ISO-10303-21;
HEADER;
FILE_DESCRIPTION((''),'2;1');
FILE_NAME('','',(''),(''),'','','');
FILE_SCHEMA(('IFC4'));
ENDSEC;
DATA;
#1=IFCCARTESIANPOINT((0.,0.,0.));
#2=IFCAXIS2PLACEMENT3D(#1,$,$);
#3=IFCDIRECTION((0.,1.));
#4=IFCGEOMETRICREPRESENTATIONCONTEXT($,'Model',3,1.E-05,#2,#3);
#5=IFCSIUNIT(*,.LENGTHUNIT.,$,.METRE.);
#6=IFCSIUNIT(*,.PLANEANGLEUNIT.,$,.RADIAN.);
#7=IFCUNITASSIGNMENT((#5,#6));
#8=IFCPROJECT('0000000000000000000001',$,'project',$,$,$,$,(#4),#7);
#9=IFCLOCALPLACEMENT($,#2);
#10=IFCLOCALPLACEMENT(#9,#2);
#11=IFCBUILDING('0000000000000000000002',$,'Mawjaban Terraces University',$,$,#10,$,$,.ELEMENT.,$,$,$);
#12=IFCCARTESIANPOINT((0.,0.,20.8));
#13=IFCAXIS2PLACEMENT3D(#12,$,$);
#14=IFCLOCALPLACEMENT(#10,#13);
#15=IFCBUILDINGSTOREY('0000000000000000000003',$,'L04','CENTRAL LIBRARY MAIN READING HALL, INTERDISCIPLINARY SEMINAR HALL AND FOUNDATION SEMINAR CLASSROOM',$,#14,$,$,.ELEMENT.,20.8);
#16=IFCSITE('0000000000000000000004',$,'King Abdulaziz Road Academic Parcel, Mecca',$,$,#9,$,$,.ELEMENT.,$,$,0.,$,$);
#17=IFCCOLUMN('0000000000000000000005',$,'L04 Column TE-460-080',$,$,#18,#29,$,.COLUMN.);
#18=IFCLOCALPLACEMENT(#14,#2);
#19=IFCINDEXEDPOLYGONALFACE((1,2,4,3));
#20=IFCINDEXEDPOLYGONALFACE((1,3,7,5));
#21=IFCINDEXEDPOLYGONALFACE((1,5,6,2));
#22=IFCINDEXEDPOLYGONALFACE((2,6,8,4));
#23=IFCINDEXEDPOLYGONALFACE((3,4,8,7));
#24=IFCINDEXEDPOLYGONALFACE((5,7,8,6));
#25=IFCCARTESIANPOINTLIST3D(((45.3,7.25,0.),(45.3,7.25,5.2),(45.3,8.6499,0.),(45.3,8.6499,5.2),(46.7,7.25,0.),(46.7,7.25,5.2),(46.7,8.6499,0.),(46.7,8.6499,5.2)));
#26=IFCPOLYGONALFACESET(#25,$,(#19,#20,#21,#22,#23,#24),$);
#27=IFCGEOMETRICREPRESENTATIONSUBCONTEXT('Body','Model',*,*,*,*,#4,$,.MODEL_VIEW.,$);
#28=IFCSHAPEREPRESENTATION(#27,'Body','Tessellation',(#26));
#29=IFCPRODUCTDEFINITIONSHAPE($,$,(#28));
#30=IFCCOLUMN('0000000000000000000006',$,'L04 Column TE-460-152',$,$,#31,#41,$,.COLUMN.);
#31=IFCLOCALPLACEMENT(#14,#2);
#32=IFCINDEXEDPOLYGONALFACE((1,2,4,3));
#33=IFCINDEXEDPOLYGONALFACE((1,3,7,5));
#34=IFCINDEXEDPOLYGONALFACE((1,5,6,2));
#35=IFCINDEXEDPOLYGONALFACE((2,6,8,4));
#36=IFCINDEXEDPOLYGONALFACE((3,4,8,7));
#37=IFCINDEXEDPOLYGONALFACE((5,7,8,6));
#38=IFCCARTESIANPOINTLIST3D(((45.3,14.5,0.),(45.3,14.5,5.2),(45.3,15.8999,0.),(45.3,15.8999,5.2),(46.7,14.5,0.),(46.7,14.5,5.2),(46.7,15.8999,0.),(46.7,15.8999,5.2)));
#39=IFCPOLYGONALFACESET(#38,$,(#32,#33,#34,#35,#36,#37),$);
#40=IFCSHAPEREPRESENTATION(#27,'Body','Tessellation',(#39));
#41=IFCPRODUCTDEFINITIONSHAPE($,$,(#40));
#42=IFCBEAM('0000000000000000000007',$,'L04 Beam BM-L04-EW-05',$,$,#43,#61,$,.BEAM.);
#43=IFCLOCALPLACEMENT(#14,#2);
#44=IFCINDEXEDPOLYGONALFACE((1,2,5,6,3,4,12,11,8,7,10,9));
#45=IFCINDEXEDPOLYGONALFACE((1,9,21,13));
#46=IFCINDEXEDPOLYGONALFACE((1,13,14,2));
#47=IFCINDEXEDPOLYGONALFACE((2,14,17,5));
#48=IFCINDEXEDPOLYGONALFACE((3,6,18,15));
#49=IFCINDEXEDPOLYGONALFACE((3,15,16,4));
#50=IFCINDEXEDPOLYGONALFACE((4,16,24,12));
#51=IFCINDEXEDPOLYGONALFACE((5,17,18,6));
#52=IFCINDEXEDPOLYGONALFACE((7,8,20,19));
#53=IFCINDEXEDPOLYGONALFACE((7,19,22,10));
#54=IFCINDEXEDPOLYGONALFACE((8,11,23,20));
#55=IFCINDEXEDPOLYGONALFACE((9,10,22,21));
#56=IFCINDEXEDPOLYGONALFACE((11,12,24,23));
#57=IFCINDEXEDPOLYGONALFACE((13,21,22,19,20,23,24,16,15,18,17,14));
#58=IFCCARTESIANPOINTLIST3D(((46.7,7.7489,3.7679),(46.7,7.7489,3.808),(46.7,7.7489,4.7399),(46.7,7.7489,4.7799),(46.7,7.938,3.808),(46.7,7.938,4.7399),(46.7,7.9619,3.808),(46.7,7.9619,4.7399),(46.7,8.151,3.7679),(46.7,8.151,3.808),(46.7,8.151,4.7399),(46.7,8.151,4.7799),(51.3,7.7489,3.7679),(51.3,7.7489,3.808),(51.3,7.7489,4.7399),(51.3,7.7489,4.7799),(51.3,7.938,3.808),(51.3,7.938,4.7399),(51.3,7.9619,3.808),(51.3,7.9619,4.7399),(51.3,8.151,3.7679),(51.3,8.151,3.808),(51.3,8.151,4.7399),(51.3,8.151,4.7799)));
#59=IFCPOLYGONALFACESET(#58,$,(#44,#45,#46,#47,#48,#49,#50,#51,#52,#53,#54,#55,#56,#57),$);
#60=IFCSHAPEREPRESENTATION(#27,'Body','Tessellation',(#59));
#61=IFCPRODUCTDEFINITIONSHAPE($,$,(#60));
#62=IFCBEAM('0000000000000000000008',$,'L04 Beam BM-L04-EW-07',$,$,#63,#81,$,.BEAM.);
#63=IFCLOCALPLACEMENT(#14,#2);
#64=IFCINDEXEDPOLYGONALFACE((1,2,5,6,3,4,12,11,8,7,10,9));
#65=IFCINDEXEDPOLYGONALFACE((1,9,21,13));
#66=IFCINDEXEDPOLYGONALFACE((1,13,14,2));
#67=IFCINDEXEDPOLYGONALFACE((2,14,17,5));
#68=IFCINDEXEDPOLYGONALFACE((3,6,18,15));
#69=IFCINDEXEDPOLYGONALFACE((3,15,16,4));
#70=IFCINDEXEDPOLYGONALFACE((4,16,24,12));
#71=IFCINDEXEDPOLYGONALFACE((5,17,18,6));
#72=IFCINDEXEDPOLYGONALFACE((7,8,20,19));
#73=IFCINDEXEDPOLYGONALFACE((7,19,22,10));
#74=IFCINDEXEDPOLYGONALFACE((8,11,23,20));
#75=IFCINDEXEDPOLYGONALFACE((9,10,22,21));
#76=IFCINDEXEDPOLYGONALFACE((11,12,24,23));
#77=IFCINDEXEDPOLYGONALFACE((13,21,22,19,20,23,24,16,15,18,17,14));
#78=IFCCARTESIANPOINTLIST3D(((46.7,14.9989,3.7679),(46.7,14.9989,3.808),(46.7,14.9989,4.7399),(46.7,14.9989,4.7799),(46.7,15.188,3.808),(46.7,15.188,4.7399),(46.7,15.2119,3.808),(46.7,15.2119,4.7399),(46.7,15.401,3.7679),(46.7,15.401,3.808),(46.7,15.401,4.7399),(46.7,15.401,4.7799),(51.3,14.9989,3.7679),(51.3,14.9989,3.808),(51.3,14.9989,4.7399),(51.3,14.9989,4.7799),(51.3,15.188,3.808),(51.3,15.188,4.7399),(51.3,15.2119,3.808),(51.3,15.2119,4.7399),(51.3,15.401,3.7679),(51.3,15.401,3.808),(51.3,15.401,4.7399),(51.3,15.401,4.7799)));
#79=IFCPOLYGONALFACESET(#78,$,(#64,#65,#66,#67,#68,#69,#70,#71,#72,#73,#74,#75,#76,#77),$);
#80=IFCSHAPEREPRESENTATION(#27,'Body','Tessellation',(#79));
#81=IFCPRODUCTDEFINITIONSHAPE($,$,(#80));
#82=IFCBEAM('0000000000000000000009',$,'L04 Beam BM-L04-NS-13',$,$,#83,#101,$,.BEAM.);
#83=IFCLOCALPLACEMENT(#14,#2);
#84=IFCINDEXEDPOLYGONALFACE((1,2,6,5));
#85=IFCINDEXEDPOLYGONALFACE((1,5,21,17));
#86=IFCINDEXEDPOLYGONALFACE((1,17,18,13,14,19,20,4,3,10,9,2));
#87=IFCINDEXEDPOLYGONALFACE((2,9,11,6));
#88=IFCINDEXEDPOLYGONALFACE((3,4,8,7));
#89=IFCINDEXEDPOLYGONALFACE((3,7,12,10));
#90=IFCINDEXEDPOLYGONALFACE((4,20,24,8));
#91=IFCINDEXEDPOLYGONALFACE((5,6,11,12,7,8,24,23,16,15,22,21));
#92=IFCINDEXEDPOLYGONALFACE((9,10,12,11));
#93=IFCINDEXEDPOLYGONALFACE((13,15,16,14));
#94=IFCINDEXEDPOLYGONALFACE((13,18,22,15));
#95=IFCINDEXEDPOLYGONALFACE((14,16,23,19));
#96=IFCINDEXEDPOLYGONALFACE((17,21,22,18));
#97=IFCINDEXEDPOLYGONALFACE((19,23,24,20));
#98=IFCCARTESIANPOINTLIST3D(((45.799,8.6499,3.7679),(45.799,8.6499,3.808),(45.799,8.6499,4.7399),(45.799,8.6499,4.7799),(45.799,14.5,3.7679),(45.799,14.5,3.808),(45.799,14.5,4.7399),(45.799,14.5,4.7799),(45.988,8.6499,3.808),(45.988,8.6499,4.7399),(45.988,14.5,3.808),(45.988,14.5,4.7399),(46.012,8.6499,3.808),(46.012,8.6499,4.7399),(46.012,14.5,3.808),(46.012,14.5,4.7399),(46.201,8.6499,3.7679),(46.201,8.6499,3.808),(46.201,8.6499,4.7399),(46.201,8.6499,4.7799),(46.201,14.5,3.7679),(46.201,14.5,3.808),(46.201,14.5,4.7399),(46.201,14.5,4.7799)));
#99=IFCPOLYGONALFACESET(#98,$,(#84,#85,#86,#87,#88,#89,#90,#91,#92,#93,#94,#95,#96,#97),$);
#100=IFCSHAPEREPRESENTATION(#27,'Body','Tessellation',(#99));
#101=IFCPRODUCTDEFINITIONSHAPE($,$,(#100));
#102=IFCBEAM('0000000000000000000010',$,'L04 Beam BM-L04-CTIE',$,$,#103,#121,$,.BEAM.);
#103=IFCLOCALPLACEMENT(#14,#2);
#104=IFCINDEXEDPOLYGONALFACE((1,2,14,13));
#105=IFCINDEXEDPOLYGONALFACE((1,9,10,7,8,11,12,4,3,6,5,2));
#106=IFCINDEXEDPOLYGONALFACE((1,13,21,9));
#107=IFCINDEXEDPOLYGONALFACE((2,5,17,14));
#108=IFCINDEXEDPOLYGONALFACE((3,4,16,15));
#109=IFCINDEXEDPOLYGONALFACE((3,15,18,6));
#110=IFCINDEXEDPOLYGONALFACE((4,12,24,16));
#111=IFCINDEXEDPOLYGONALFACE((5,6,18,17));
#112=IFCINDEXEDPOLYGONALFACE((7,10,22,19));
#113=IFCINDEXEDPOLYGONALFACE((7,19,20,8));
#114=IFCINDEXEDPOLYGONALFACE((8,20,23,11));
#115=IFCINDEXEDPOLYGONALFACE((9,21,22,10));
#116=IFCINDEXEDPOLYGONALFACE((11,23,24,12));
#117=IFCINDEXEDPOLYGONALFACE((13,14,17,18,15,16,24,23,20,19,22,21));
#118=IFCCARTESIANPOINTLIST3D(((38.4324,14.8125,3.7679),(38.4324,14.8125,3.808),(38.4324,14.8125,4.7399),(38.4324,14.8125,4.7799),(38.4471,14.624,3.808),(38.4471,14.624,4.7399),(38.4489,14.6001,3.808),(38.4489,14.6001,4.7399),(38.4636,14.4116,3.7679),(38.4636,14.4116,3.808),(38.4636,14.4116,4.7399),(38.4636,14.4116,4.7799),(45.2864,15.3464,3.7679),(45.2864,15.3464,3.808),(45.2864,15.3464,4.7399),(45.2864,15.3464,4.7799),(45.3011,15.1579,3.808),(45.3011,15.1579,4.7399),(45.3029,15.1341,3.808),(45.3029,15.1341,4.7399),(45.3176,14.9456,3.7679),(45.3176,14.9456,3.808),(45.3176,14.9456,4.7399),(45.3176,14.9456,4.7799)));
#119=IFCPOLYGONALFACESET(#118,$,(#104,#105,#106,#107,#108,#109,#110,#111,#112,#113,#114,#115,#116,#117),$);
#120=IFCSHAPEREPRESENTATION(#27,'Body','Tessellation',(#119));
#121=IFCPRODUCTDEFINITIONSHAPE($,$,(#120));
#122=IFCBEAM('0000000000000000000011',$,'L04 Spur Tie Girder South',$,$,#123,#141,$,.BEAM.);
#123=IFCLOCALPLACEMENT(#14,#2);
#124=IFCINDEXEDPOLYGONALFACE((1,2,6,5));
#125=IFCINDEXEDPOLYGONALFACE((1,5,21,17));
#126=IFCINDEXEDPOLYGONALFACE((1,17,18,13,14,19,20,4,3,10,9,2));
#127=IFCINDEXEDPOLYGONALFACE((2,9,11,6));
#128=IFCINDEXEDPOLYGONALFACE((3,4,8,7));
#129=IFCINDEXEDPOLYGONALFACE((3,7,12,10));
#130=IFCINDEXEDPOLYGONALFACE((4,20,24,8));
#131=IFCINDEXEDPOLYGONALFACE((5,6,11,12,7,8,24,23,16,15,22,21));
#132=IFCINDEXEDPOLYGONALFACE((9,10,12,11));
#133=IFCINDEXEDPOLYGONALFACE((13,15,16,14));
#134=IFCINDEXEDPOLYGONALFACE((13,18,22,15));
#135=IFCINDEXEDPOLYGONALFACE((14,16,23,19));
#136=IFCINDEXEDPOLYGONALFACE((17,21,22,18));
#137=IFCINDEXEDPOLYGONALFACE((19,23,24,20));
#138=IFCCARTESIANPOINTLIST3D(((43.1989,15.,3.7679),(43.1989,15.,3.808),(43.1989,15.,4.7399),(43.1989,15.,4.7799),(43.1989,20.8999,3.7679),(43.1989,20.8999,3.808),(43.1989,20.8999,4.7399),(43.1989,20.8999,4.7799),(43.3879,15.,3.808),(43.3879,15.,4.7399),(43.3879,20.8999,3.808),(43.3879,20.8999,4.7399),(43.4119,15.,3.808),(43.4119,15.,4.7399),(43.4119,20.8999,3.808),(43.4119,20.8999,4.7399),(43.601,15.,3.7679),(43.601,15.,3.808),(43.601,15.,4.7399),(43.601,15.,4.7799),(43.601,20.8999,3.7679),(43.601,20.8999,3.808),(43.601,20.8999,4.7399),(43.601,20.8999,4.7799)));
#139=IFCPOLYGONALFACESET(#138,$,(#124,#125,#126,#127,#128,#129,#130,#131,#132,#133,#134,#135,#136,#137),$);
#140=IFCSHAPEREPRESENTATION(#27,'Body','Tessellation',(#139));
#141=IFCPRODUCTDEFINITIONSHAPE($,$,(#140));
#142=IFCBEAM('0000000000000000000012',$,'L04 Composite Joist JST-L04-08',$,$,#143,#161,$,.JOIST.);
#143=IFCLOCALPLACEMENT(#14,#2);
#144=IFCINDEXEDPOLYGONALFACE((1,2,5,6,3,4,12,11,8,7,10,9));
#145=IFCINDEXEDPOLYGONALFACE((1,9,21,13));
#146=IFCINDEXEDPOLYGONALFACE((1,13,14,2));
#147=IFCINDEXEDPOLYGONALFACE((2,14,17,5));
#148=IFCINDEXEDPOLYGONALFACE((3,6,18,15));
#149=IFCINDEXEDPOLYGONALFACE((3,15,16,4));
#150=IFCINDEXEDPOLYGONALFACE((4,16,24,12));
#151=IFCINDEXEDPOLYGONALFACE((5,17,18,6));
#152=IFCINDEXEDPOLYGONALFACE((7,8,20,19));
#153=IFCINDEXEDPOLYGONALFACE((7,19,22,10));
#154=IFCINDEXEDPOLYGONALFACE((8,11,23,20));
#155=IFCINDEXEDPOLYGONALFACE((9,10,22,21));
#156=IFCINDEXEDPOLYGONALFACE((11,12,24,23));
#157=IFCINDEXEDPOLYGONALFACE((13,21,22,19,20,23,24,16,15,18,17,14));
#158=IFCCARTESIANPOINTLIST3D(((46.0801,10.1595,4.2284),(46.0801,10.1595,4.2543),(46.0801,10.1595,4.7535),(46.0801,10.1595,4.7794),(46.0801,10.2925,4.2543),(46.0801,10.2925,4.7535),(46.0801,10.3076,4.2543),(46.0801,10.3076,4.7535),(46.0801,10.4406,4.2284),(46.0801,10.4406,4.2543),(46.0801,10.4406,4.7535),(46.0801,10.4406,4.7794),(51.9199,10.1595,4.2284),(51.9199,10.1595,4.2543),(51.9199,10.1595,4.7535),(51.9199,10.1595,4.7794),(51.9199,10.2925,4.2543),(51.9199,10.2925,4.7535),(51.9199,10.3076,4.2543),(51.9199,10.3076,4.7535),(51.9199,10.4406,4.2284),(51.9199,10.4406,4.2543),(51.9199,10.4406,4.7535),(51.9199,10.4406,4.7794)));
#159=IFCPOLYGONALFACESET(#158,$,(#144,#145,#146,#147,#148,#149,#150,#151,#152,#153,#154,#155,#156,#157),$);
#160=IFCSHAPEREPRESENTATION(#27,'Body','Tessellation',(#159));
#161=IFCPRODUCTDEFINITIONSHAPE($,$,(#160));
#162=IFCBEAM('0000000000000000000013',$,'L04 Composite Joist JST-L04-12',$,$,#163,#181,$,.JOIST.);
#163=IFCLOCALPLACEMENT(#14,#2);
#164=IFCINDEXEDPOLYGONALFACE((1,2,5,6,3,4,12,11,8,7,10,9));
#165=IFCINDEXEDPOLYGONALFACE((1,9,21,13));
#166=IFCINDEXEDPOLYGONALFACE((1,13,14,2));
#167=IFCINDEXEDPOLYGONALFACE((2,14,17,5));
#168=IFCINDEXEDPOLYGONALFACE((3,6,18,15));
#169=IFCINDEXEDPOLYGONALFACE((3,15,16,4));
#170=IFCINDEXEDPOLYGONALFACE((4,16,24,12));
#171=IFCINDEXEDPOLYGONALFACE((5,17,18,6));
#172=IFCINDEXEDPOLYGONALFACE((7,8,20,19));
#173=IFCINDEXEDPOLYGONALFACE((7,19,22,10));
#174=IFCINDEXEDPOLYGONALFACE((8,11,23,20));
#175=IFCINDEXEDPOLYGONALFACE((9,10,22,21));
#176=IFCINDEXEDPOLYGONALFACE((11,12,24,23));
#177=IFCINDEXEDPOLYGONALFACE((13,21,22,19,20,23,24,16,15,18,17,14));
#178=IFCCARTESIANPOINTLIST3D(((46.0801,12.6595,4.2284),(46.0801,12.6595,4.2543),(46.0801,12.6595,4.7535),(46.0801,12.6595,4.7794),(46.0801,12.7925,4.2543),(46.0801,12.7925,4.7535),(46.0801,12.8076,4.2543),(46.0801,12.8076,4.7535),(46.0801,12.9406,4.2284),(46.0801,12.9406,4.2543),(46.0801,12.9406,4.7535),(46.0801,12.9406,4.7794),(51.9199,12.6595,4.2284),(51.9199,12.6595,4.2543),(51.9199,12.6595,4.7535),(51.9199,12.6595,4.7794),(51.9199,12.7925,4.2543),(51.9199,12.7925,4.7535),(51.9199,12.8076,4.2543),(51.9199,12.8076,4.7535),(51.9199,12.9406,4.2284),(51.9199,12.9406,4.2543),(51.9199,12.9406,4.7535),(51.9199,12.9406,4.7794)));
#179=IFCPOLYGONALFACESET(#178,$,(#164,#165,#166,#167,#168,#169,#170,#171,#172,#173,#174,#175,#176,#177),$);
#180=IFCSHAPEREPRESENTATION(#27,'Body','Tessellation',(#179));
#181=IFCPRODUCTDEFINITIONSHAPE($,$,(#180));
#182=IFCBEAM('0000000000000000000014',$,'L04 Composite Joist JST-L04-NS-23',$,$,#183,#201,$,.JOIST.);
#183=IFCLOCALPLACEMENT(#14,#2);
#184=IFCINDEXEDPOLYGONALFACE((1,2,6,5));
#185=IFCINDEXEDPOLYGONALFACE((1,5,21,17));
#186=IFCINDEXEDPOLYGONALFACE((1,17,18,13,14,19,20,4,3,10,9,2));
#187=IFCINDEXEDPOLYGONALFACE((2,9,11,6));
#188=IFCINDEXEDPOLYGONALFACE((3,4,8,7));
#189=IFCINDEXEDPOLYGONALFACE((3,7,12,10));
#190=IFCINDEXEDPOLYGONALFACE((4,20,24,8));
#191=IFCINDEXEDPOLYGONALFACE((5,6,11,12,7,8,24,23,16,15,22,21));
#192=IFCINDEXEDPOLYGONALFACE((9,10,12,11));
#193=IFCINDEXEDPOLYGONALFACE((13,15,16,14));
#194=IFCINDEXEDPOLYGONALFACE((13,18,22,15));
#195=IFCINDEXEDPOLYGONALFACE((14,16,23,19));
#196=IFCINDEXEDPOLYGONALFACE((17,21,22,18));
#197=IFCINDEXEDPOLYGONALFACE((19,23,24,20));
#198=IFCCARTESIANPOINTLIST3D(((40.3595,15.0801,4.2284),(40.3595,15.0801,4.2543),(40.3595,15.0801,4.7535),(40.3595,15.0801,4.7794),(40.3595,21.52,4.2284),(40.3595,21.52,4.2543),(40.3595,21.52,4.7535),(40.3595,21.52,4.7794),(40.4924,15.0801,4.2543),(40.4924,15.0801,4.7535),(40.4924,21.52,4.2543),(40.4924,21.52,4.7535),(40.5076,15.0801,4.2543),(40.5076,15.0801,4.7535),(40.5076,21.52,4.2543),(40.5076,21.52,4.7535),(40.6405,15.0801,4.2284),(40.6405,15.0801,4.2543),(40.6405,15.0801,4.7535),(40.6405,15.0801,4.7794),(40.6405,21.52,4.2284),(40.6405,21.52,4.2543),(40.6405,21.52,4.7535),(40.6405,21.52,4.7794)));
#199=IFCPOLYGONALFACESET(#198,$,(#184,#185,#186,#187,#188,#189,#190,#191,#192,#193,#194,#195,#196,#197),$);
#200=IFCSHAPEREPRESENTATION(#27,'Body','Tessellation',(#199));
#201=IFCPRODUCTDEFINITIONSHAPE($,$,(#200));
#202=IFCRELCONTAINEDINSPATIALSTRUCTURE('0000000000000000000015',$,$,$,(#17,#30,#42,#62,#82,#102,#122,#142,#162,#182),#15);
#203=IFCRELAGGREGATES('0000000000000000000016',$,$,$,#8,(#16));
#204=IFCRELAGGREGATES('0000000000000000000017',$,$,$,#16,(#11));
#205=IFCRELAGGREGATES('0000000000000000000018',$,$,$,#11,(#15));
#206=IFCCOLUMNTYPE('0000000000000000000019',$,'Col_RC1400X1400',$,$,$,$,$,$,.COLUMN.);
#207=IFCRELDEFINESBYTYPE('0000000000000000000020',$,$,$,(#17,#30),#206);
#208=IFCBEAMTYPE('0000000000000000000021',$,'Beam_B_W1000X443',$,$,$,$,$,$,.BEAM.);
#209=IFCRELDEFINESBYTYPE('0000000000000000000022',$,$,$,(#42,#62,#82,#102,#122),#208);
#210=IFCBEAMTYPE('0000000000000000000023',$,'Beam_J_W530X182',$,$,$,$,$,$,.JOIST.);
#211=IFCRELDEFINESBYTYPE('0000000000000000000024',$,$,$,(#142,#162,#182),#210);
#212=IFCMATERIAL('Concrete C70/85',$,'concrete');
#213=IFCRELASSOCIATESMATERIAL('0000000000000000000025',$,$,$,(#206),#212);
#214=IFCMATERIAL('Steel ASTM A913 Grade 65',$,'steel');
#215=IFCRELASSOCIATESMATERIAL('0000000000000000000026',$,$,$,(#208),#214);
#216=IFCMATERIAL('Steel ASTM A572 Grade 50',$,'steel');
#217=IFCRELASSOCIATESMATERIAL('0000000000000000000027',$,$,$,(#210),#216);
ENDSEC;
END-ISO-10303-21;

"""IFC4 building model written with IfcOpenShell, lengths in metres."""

from ifc_helpers import new_model, si_unit, direction, frame, origin, origin_2d, place, context, subcontext, project, spatial, rectangle, i_section, extrude, material, material_profile, profile_set, type_object, element, save


model = new_model("IFC4")

# Units and contexts
model_context = context("Model", 3, precision=1e-05, world=origin(), true_north=direction((0.0, 1.0)))
body_context = subcontext(model_context, "Body", "Model", "MODEL_VIEW")
ifc_project = project(units=[si_unit("LENGTHUNIT", "METRE"), si_unit("PLANEANGLEUNIT", "RADIAN")], contexts=[model_context])

# Site, building, storey
site_placement = place(None, origin())
site = spatial("IfcSite", under=ifc_project, at=site_placement, Name="King Abdulaziz Road Academic Parcel, Mecca", CompositionType="ELEMENT", RefElevation=0.0)
building_placement = place(site_placement, origin())
building = spatial("IfcBuilding", under=site, at=building_placement, Name="Mawjaban Terraces University", CompositionType="ELEMENT")
storey_placement = place(building_placement, frame((0.0, 0.0, 20.8)))
storey = spatial("IfcBuildingStorey", under=building, at=storey_placement, Name="L04", Description="CENTRAL LIBRARY MAIN READING HALL, INTERDISCIPLINARY SEMINAR HALL AND FOUNDATION SEMINAR CLASSROOM", CompositionType="ELEMENT", Elevation=20.8)

# Columns
ifc_material_1 = material(Name="Concrete C70/85", Category="concrete")
ifc_material_profile_1 = material_profile(ifc_material_1, rectangle(XDim=1.3999, YDim=1.3999, at=origin_2d()), Name="RC1400X1400")
ifc_profile_set_1 = profile_set([ifc_material_profile_1], Name="Concrete C70/85")
column_type = type_object("IfcColumnType", Name="Col_RC1400X1400", PredefinedType="COLUMN", material=ifc_profile_set_1)
for number, where, z_axis, x_axis, name in (
    (1, (46.0, 7.95, 0.0), (0.0, 0.0, 1.0), (1.0, 0.0, 0.0), "L04 Column TE-460-080"),
    (2, (46.0, 15.2, 0.0), (0.0, 0.0, 1.0), (1.0, 0.0, 0.0), "L04 Column TE-460-152"),
):
    element("IfcColumn", number, at=place(storey_placement, frame(where, z_axis=z_axis, x_axis=x_axis)), inside=storey, type_object=column_type, Name=name, PredefinedType="COLUMN", context=body_context, shape_type="SweptSolid", body=[
        extrude(rectangle(XDim=1.3999, YDim=1.3999, at=origin_2d()), origin(), (0.0, 0.0, 1.0), 5.2),
    ])

# Beams
ifc_material_2 = material(Name="Steel ASTM A913 Grade 65", Category="steel")
ifc_material_profile_2 = material_profile(ifc_material_2, i_section(OverallWidth=0.4021, OverallDepth=1.012, WebThickness=0.0239, FlangeThickness=0.04, at=origin_2d()), Name="W1000X443")
ifc_profile_set_2 = profile_set([ifc_material_profile_2], Name="Steel ASTM A913 Grade 65")
beam_type_1 = type_object("IfcBeamType", Name="Beam_B_W1000X443", PredefinedType="BEAM", material=ifc_profile_set_2)
for number, where, z_axis, x_axis, name in (
    (3, (46.7, 7.95, 4.2739), (1.0, 0.0, 0.0), (0.0, 1.0, 0.0), "L04 Beam BM-L04-EW-05"),
    (4, (46.7, 15.2, 4.2739), (1.0, 0.0, 0.0), (0.0, 1.0, 0.0), "L04 Beam BM-L04-EW-07"),
):
    element("IfcBeam", number, at=place(storey_placement, frame(where, z_axis=z_axis, x_axis=x_axis)), inside=storey, type_object=beam_type_1, Name=name, PredefinedType="BEAM", context=body_context, shape_type="SweptSolid", body=[
        extrude(i_section(OverallWidth=0.4021, OverallDepth=1.012, WebThickness=0.0239, FlangeThickness=0.04, at=origin_2d()), origin(), (0.0, 0.0, 1.0), 4.6001),
    ])
beam_1_placement = place(storey_placement, frame((46.0, 8.6499, 4.2739), z_axis=(0.0, 1.0, 0.0), x_axis=(-1.0, 0.0, 0.0)))
element("IfcBeam", 5, at=beam_1_placement, inside=storey, type_object=beam_type_1, Name="L04 Beam BM-L04-NS-13", PredefinedType="BEAM", context=body_context, shape_type="SweptSolid", body=[
    extrude(i_section(OverallWidth=0.4021, OverallDepth=1.012, WebThickness=0.0239, FlangeThickness=0.04, at=origin_2d()), origin(), (0.0, 0.0, 1.0), 5.8501),
])
beam_2_placement = place(storey_placement, frame((38.448, 14.6121, 4.2739), z_axis=(0.996979, 0.077666, 0.0), x_axis=(-0.077666, 0.996979, 0.0)))
element("IfcBeam", 6, at=beam_2_placement, inside=storey, type_object=beam_type_1, Name="L04 Beam BM-L04-CTIE", PredefinedType="BEAM", context=body_context, shape_type="SweptSolid", body=[
    extrude(i_section(OverallWidth=0.4021, OverallDepth=1.012, WebThickness=0.0239, FlangeThickness=0.04, at=origin_2d()), origin(), (0.0, 0.0, 1.0), 6.8748),
])
beam_3_placement = place(storey_placement, frame((43.3999, 15.0, 4.2739), z_axis=(0.0, 1.0, 0.0), x_axis=(-1.0, 0.0, 0.0)))
element("IfcBeam", 7, at=beam_3_placement, inside=storey, type_object=beam_type_1, Name="L04 Spur Tie Girder South", PredefinedType="BEAM", context=body_context, shape_type="SweptSolid", body=[
    extrude(i_section(OverallWidth=0.4021, OverallDepth=1.012, WebThickness=0.0239, FlangeThickness=0.04, at=origin_2d()), origin(), (0.0, 0.0, 1.0), 5.8999),
])
ifc_material_3 = material(Name="Steel ASTM A572 Grade 50", Category="steel")
ifc_material_profile_3 = material_profile(ifc_material_3, i_section(OverallWidth=0.281, OverallDepth=0.551, WebThickness=0.0151, FlangeThickness=0.0259, at=origin_2d()), Name="W530X182")
ifc_profile_set_3 = profile_set([ifc_material_profile_3], Name="Steel ASTM A572 Grade 50")
beam_type_2 = type_object("IfcBeamType", Name="Beam_J_W530X182", PredefinedType="JOIST", material=ifc_profile_set_3)
for number, where, z_axis, x_axis, name in (
    (8, (46.0801, 10.3, 4.5039), (1.0, 0.0, 0.0), (0.0, 1.0, 0.0), "L04 Composite Joist JST-L04-08"),
    (9, (46.0801, 12.8, 4.5039), (1.0, 0.0, 0.0), (0.0, 1.0, 0.0), "L04 Composite Joist JST-L04-12"),
):
    element("IfcBeam", number, at=place(storey_placement, frame(where, z_axis=z_axis, x_axis=x_axis)), inside=storey, type_object=beam_type_2, Name=name, PredefinedType="JOIST", context=body_context, shape_type="SweptSolid", body=[
        extrude(i_section(OverallWidth=0.281, OverallDepth=0.551, WebThickness=0.0151, FlangeThickness=0.0259, at=origin_2d()), origin(), (0.0, 0.0, 1.0), 5.8398),
    ])
beam_4_placement = place(storey_placement, frame((40.5, 15.0801, 4.5039), z_axis=(0.0, 1.0, 0.0), x_axis=(-1.0, 0.0, 0.0)))
element("IfcBeam", 10, at=beam_4_placement, inside=storey, type_object=beam_type_2, Name="L04 Composite Joist JST-L04-NS-23", PredefinedType="JOIST", context=body_context, shape_type="SweptSolid", body=[
    extrude(i_section(OverallWidth=0.281, OverallDepth=0.551, WebThickness=0.0151, FlangeThickness=0.0259, at=origin_2d()), origin(), (0.0, 0.0, 1.0), 6.4399),
])

save(model, "model.ifc")
